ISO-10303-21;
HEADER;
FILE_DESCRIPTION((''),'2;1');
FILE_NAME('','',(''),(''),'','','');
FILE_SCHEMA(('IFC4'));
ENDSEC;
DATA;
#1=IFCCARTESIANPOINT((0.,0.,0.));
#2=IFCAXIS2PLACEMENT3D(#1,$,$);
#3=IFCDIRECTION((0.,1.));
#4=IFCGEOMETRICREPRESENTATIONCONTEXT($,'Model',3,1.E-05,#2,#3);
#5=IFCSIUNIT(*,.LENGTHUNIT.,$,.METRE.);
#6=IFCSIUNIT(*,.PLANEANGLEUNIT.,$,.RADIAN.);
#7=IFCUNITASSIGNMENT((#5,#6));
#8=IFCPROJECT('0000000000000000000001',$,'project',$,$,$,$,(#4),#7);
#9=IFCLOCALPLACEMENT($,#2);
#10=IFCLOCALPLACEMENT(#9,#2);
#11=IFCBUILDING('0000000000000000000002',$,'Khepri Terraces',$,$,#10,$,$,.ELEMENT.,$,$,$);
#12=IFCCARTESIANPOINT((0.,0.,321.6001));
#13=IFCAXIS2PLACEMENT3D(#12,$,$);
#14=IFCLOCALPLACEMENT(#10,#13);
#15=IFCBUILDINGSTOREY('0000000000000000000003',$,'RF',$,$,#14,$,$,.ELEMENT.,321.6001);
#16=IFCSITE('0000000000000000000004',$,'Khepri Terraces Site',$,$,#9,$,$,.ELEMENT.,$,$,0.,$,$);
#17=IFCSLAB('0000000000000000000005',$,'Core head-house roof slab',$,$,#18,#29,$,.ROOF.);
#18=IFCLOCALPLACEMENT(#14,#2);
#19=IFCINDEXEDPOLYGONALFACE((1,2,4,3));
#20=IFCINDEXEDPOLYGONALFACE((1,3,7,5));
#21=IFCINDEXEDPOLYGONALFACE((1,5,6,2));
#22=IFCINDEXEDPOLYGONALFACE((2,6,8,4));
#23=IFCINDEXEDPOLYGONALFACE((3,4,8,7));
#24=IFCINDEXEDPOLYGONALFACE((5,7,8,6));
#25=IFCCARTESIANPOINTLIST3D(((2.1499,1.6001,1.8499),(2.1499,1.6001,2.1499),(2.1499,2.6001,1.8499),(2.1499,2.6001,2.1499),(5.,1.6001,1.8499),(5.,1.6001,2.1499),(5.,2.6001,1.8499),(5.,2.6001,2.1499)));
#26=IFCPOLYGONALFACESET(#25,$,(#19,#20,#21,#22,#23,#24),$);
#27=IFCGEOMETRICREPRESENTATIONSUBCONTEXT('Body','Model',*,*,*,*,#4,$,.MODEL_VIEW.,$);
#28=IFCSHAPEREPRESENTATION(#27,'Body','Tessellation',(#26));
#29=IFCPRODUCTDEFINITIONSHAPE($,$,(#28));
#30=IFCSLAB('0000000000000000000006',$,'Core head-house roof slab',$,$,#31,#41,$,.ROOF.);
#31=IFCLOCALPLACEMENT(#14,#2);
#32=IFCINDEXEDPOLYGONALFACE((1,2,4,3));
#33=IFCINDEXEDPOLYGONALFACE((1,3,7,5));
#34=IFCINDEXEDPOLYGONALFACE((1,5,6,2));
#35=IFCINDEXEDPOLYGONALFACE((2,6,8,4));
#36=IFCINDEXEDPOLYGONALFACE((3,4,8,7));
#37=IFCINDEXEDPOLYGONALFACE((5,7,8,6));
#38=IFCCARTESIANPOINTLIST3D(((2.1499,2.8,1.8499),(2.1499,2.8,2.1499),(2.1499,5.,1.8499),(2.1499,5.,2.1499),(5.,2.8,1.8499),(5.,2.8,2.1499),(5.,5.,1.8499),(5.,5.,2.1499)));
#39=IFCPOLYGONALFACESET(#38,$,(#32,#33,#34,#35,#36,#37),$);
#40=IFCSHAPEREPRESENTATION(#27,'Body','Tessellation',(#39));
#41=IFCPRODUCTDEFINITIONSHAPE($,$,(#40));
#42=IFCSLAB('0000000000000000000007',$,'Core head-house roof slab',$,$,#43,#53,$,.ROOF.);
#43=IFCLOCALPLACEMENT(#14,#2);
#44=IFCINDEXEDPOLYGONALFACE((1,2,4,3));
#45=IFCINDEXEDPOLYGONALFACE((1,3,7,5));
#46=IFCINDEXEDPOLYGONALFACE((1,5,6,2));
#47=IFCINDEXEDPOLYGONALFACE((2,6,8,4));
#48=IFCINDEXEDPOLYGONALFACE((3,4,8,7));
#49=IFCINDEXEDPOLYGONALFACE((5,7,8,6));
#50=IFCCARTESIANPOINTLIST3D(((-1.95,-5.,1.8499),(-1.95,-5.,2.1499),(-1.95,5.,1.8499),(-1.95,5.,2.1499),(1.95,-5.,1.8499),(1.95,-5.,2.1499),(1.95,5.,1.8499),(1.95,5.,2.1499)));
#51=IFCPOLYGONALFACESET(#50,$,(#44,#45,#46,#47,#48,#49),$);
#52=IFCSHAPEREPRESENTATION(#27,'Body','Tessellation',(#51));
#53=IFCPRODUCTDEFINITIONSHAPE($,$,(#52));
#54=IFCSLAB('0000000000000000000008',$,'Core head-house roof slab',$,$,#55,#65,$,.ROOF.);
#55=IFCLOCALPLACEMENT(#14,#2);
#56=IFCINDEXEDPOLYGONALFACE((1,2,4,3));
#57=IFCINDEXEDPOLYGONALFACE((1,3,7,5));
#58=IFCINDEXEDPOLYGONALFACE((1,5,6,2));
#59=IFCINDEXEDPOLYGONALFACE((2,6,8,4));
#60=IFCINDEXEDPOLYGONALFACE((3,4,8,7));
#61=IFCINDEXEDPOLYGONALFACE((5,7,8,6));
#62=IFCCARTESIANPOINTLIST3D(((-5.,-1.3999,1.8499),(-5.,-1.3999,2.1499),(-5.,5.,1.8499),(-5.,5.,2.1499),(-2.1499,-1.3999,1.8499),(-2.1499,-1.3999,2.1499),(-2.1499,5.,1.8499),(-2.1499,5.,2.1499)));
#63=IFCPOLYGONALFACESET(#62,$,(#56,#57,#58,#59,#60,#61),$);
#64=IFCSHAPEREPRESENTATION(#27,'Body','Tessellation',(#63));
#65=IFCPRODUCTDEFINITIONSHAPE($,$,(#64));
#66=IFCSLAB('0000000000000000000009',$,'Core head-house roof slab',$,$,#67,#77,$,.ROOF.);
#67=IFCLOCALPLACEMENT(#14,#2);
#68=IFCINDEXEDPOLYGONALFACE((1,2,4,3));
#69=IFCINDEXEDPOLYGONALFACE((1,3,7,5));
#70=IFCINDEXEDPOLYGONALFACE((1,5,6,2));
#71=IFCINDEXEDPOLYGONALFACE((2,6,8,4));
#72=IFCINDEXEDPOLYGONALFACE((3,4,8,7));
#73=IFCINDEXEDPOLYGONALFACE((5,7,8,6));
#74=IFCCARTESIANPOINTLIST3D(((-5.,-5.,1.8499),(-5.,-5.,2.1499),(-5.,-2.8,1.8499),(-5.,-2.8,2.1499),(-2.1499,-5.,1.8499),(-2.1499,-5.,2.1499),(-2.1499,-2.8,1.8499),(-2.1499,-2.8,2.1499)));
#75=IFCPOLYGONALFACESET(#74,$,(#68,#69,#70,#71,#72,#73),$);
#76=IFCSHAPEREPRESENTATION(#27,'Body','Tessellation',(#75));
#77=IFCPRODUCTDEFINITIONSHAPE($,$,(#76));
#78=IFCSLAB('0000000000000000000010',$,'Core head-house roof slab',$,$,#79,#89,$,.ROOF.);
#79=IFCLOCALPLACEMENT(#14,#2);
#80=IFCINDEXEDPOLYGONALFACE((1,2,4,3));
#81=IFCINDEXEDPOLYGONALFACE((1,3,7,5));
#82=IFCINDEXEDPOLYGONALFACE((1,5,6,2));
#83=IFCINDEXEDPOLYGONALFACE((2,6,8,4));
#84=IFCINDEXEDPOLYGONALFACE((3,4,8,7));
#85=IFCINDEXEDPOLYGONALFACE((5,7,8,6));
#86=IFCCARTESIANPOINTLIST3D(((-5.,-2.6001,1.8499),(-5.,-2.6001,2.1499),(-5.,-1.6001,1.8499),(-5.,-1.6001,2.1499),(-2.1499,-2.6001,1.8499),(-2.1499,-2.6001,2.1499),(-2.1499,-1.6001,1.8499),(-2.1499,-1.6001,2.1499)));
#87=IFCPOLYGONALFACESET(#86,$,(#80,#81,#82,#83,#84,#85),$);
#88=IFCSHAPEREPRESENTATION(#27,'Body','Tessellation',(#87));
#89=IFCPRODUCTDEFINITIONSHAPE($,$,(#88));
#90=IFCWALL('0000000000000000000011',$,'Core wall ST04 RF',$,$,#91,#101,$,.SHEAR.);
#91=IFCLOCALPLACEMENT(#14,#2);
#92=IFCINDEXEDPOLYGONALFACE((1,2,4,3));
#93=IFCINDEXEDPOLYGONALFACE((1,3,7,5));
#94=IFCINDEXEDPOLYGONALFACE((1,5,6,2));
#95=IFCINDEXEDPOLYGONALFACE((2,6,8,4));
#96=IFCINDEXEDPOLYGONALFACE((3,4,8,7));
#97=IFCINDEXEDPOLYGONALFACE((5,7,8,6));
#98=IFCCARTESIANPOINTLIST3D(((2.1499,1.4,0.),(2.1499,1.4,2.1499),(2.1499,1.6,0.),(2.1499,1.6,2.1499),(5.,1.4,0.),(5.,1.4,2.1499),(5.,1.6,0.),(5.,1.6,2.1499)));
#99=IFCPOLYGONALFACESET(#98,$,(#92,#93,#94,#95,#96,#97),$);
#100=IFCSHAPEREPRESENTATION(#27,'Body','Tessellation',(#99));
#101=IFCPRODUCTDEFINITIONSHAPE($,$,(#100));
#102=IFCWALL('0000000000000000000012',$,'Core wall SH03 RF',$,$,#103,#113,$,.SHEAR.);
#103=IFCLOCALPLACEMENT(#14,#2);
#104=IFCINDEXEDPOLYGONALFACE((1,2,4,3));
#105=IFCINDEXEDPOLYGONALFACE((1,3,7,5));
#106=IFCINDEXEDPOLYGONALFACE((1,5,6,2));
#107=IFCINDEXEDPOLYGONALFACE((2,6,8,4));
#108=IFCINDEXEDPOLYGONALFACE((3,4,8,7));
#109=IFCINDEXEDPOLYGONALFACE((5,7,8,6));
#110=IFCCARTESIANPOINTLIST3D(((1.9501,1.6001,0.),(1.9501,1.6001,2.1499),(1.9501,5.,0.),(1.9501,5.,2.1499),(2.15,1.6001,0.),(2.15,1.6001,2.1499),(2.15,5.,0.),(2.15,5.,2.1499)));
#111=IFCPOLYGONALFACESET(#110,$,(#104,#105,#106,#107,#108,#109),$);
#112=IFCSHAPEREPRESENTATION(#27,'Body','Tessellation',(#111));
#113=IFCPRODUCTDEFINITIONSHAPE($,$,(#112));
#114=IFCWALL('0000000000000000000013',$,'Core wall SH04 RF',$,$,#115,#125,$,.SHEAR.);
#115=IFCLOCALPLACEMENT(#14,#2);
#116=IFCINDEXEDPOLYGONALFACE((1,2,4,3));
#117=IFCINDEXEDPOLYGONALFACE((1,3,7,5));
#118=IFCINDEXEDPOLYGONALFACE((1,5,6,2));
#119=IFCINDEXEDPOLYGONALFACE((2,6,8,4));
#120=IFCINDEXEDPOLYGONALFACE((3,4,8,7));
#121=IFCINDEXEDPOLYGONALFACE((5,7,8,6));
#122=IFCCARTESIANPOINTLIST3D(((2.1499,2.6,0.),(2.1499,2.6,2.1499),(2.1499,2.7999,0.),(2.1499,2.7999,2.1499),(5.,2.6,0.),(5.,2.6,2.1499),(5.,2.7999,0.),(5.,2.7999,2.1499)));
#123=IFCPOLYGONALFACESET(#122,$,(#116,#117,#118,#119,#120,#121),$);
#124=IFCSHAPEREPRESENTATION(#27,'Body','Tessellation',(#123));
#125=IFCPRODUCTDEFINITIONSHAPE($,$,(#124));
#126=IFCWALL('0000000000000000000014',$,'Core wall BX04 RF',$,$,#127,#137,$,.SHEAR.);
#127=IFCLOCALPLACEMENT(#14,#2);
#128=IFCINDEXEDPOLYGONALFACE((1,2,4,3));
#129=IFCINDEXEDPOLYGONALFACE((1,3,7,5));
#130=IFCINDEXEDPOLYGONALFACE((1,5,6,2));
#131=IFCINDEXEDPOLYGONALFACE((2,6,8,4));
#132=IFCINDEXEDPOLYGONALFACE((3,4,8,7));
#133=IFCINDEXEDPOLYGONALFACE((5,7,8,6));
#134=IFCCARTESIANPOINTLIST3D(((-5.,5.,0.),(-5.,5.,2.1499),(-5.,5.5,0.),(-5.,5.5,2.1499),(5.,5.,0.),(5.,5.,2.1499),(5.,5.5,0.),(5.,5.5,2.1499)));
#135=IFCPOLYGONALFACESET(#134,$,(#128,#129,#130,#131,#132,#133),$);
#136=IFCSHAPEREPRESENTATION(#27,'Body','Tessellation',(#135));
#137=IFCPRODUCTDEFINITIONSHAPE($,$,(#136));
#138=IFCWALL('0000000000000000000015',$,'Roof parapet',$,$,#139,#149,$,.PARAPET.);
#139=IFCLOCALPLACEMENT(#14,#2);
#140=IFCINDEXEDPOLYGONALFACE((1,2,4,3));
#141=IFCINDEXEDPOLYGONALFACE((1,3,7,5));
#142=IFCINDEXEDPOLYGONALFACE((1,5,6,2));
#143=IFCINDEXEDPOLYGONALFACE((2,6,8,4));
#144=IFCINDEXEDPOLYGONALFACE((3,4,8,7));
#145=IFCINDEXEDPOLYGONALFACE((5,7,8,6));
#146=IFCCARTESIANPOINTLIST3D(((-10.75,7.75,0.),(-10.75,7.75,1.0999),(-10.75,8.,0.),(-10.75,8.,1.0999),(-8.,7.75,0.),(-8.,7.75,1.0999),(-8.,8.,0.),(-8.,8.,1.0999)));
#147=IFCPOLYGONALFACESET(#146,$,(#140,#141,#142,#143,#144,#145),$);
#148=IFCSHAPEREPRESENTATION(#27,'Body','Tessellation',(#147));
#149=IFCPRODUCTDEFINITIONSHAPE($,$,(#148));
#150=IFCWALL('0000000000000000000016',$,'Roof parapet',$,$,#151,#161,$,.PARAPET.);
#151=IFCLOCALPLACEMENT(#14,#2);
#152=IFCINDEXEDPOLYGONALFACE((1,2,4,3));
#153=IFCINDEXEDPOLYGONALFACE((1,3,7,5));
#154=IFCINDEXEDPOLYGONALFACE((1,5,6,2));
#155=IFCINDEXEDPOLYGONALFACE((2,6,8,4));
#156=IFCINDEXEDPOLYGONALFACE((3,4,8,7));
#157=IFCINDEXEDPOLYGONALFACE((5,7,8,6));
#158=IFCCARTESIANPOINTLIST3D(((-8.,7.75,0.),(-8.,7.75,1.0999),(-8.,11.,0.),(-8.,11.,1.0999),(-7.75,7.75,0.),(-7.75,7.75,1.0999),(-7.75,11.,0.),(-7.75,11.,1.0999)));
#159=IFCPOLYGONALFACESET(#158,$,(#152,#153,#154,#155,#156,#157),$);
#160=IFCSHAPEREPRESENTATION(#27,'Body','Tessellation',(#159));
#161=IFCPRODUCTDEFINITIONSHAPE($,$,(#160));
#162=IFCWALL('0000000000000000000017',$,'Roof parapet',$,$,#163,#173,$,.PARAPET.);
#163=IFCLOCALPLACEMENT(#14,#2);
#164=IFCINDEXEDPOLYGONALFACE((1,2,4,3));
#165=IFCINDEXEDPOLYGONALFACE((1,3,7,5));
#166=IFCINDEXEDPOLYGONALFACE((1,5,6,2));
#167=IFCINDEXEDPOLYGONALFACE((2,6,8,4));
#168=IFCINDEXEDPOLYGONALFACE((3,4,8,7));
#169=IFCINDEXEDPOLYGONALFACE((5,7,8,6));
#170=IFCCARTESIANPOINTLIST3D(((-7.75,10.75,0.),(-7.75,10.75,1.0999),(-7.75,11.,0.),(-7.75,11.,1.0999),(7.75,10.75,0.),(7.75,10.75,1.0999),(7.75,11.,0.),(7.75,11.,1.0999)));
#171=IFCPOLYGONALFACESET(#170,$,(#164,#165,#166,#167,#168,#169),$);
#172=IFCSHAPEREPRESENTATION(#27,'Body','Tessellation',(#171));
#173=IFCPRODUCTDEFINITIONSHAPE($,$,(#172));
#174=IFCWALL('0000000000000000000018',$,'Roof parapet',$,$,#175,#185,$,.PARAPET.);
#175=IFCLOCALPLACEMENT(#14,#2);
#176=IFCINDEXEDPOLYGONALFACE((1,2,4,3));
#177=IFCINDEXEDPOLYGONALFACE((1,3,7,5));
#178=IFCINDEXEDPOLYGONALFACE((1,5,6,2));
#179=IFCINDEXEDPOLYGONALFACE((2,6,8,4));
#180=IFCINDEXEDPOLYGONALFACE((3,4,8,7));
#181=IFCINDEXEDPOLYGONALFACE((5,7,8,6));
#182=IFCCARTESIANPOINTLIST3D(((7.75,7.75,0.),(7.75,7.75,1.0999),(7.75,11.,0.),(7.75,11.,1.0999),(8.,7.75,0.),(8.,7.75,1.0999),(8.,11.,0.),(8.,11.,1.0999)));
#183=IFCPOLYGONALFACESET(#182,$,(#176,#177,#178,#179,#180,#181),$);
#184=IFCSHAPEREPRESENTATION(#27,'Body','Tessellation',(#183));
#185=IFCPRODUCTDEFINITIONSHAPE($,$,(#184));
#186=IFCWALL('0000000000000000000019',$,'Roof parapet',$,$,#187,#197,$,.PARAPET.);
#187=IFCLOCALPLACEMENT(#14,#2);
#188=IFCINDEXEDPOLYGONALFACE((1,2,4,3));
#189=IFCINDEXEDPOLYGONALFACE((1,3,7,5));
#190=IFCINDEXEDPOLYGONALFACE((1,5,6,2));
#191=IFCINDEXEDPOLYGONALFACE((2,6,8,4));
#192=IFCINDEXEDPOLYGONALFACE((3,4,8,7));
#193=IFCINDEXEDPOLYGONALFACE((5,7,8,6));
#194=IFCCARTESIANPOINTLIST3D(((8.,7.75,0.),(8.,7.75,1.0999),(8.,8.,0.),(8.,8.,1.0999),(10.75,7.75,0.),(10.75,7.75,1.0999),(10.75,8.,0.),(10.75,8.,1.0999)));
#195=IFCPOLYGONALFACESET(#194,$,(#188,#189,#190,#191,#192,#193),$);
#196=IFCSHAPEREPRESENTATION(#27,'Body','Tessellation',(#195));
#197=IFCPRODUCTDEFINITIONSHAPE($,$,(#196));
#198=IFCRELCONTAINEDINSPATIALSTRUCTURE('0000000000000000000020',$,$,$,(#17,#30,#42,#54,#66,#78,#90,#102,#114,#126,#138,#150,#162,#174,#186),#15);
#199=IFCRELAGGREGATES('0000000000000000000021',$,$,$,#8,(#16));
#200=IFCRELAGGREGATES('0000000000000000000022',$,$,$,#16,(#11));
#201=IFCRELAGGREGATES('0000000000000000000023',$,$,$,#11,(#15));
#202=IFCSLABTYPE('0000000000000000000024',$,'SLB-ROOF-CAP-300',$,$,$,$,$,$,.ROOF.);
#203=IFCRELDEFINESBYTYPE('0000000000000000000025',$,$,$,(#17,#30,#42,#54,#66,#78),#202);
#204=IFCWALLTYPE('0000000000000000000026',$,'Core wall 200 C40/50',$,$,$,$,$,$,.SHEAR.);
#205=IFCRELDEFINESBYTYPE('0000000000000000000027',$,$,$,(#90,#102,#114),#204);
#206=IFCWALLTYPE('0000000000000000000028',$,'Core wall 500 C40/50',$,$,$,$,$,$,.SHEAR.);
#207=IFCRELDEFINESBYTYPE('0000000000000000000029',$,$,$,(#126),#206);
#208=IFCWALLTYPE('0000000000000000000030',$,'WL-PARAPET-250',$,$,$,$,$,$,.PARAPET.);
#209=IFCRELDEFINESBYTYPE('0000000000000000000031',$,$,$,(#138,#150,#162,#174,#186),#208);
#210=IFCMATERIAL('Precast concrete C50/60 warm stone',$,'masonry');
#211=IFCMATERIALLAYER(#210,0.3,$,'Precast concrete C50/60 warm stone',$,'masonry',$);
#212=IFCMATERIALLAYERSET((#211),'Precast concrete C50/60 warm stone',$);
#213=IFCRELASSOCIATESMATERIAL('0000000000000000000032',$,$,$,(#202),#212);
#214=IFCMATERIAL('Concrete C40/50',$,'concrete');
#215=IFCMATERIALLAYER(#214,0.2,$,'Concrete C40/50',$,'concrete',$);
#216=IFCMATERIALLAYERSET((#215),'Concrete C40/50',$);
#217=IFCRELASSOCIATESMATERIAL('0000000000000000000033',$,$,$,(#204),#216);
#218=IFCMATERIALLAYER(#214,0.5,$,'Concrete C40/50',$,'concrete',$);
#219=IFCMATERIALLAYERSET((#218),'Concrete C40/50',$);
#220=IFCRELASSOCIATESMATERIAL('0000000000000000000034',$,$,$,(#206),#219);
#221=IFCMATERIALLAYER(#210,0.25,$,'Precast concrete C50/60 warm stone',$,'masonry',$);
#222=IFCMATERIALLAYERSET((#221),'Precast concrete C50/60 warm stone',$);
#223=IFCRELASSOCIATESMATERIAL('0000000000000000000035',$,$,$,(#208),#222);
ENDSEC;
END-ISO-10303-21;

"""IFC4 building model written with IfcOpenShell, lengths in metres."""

from ifc_helpers import new_model, si_unit, direction, frame, frame_2d, origin, place, context, subcontext, project, spatial, polyline, rectangle, outline, extrude, material, layer, layer_set, type_object, element, save


model = new_model("IFC4")

# Units and contexts
model_context = context("Model", 3, precision=1e-05, world=origin(), true_north=direction((0.0, 1.0)))
body_context = subcontext(model_context, "Body", "Model", "MODEL_VIEW")
ifc_project = project(units=[si_unit("LENGTHUNIT", "METRE"), si_unit("PLANEANGLEUNIT", "RADIAN")], contexts=[model_context])

# Site, building, storey
site_placement = place(None, origin())
site = spatial("IfcSite", under=ifc_project, at=site_placement, Name="Khepri Terraces Site", CompositionType="ELEMENT", RefElevation=0.0)
building_placement = place(site_placement, origin())
building = spatial("IfcBuilding", under=site, at=building_placement, Name="Khepri Terraces", CompositionType="ELEMENT")
storey_placement = place(building_placement, frame((0.0, 0.0, 321.6001)))
storey = spatial("IfcBuildingStorey", under=building, at=storey_placement, Name="RF", CompositionType="ELEMENT", Elevation=321.6001)

# Slabs
ifc_material_1 = material(Name="Precast concrete C50/60 warm stone", Category="masonry")
ifc_layer_1 = layer(ifc_material_1, 0.3, Name="Precast concrete C50/60 warm stone", Category="masonry")
ifc_layer_set_1 = layer_set([ifc_layer_1], Name="Precast concrete C50/60 warm stone")
slab_type = type_object("IfcSlabType", Name="SLB-ROOF-CAP-300", PredefinedType="ROOF", material=ifc_layer_set_1)
slab_1_placement = place(storey_placement, frame((0.0, 0.0, 1.8499)))
element("IfcSlab", 1, at=slab_1_placement, inside=storey, type_object=slab_type, Name="Core head-house roof slab", PredefinedType="ROOF", context=body_context, shape_type="SweptSolid", body=[
    extrude(outline(polyline([(5.0, 1.6001), (5.0, 2.6001), (2.1499, 2.6001), (2.1499, 1.6001), (5.0, 1.6001)])), origin(), (0.0, 0.0, 1.0), 0.3),
])
slab_2_placement = place(storey_placement, frame((0.0, 0.0, 1.8499)))
element("IfcSlab", 2, at=slab_2_placement, inside=storey, type_object=slab_type, Name="Core head-house roof slab", PredefinedType="ROOF", context=body_context, shape_type="SweptSolid", body=[
    extrude(outline(polyline([(5.0, 5.0), (2.1499, 5.0), (2.1499, 2.8), (5.0, 2.8), (5.0, 5.0)])), origin(), (0.0, 0.0, 1.0), 0.3),
])
slab_3_placement = place(storey_placement, frame((0.0, 0.0, 1.8499)))
element("IfcSlab", 3, at=slab_3_placement, inside=storey, type_object=slab_type, Name="Core head-house roof slab", PredefinedType="ROOF", context=body_context, shape_type="SweptSolid", body=[
    extrude(outline(polyline([(-1.95, -5.0), (1.95, -5.0), (1.95, 5.0), (-1.95, 5.0), (-1.95, -5.0)])), origin(), (0.0, 0.0, 1.0), 0.3),
])
slab_4_placement = place(storey_placement, frame((0.0, 0.0, 1.8499)))
element("IfcSlab", 4, at=slab_4_placement, inside=storey, type_object=slab_type, Name="Core head-house roof slab", PredefinedType="ROOF", context=body_context, shape_type="SweptSolid", body=[
    extrude(outline(polyline([(-5.0, 5.0), (-5.0, -1.3999), (-2.1499, -1.3999), (-2.1499, 5.0), (-5.0, 5.0)])), origin(), (0.0, 0.0, 1.0), 0.3),
])
slab_5_placement = place(storey_placement, frame((0.0, 0.0, 1.8499)))
element("IfcSlab", 5, at=slab_5_placement, inside=storey, type_object=slab_type, Name="Core head-house roof slab", PredefinedType="ROOF", context=body_context, shape_type="SweptSolid", body=[
    extrude(outline(polyline([(-2.1499, -5.0), (-2.1499, -2.8), (-5.0, -2.8), (-5.0, -5.0), (-2.1499, -5.0)])), origin(), (0.0, 0.0, 1.0), 0.3),
])
slab_6_placement = place(storey_placement, frame((0.0, 0.0, 1.8499)))
element("IfcSlab", 6, at=slab_6_placement, inside=storey, type_object=slab_type, Name="Core head-house roof slab", PredefinedType="ROOF", context=body_context, shape_type="SweptSolid", body=[
    extrude(outline(polyline([(-2.1499, -2.6001), (-2.1499, -1.6001), (-5.0, -1.6001), (-5.0, -2.6001), (-2.1499, -2.6001)])), origin(), (0.0, 0.0, 1.0), 0.3),
])

# Walls
ifc_material_2 = material(Name="Concrete C40/50", Category="concrete")
ifc_layer_2 = layer(ifc_material_2, 0.2, Name="Concrete C40/50", Category="concrete")
ifc_layer_set_2 = layer_set([ifc_layer_2], Name="Concrete C40/50")
wall_type_1 = type_object("IfcWallType", Name="Core wall 200 C40/50", PredefinedType="SHEAR", material=ifc_layer_set_2)
wall_1_placement = place(storey_placement, frame((2.1499, 1.5, 0.0), z_axis=(0.0, 0.0, 1.0), x_axis=(1.0, 0.0, 0.0)))
element("IfcWall", 7, at=wall_1_placement, inside=storey, type_object=wall_type_1, Name="Core wall ST04 RF", PredefinedType="SHEAR", context=body_context, shape_type="SweptSolid", body=[
    extrude(rectangle(XDim=2.8501, YDim=0.2, at=frame_2d((1.425, 0.0))), origin(), (0.0, 0.0, 1.0), 2.1499),
])
wall_2_placement = place(storey_placement, frame((2.05, 1.6001, 0.0), z_axis=(0.0, 0.0, 1.0), x_axis=(0.0, 1.0, 0.0)))
element("IfcWall", 8, at=wall_2_placement, inside=storey, type_object=wall_type_1, Name="Core wall SH03 RF", PredefinedType="SHEAR", context=body_context, shape_type="SweptSolid", body=[
    extrude(rectangle(XDim=3.3999, YDim=0.2, at=frame_2d((1.7, 0.0))), origin(), (0.0, 0.0, 1.0), 2.1499),
])
wall_3_placement = place(storey_placement, frame((2.1499, 2.7, 0.0), z_axis=(0.0, 0.0, 1.0), x_axis=(1.0, 0.0, 0.0)))
element("IfcWall", 9, at=wall_3_placement, inside=storey, type_object=wall_type_1, Name="Core wall SH04 RF", PredefinedType="SHEAR", context=body_context, shape_type="SweptSolid", body=[
    extrude(rectangle(XDim=2.8501, YDim=0.2, at=frame_2d((1.425, 0.0))), origin(), (0.0, 0.0, 1.0), 2.1499),
])
ifc_layer_3 = layer(ifc_material_2, 0.5, Name="Concrete C40/50", Category="concrete")
ifc_layer_set_3 = layer_set([ifc_layer_3], Name="Concrete C40/50")
wall_type_2 = type_object("IfcWallType", Name="Core wall 500 C40/50", PredefinedType="SHEAR", material=ifc_layer_set_3)
wall_4_placement = place(storey_placement, frame((-5.0, 5.25, 0.0), z_axis=(0.0, 0.0, 1.0), x_axis=(1.0, 0.0, 0.0)))
element("IfcWall", 10, at=wall_4_placement, inside=storey, type_object=wall_type_2, Name="Core wall BX04 RF", PredefinedType="SHEAR", context=body_context, shape_type="SweptSolid", body=[
    extrude(rectangle(XDim=10.0, YDim=0.5, at=frame_2d((5.0, 0.0))), origin(), (0.0, 0.0, 1.0), 2.1499),
])
ifc_layer_4 = layer(ifc_material_1, 0.25, Name="Precast concrete C50/60 warm stone", Category="masonry")
ifc_layer_set_4 = layer_set([ifc_layer_4], Name="Precast concrete C50/60 warm stone")
wall_type_3 = type_object("IfcWallType", Name="WL-PARAPET-250", PredefinedType="PARAPET", material=ifc_layer_set_4)
wall_5_placement = place(storey_placement, frame((-10.75, 7.875, 0.0), z_axis=(0.0, 0.0, 1.0), x_axis=(1.0, 0.0, 0.0)))
element("IfcWall", 11, at=wall_5_placement, inside=storey, type_object=wall_type_3, Name="Roof parapet", PredefinedType="PARAPET", context=body_context, shape_type="SweptSolid", body=[
    extrude(rectangle(XDim=2.75, YDim=0.25, at=frame_2d((1.375, 0.0))), origin(), (0.0, 0.0, 1.0), 1.0999),
])
wall_6_placement = place(storey_placement, frame((-7.875, 7.75, 0.0), z_axis=(0.0, 0.0, 1.0), x_axis=(0.0, 1.0, 0.0)))
element("IfcWall", 12, at=wall_6_placement, inside=storey, type_object=wall_type_3, Name="Roof parapet", PredefinedType="PARAPET", context=body_context, shape_type="SweptSolid", body=[
    extrude(rectangle(XDim=3.25, YDim=0.25, at=frame_2d((1.625, 0.0))), origin(), (0.0, 0.0, 1.0), 1.0999),
])
wall_7_placement = place(storey_placement, frame((-7.75, 10.875, 0.0), z_axis=(0.0, 0.0, 1.0), x_axis=(1.0, 0.0, 0.0)))
element("IfcWall", 13, at=wall_7_placement, inside=storey, type_object=wall_type_3, Name="Roof parapet", PredefinedType="PARAPET", context=body_context, shape_type="SweptSolid", body=[
    extrude(rectangle(XDim=15.5, YDim=0.25, at=frame_2d((7.75, 0.0))), origin(), (0.0, 0.0, 1.0), 1.0999),
])
wall_8_placement = place(storey_placement, frame((7.875, 7.75, 0.0), z_axis=(0.0, 0.0, 1.0), x_axis=(0.0, 1.0, 0.0)))
element("IfcWall", 14, at=wall_8_placement, inside=storey, type_object=wall_type_3, Name="Roof parapet", PredefinedType="PARAPET", context=body_context, shape_type="SweptSolid", body=[
    extrude(rectangle(XDim=3.25, YDim=0.25, at=frame_2d((1.625, 0.0))), origin(), (0.0, 0.0, 1.0), 1.0999),
])
wall_9_placement = place(storey_placement, frame((8.0, 7.875, 0.0), z_axis=(0.0, 0.0, 1.0), x_axis=(1.0, 0.0, 0.0)))
element("IfcWall", 15, at=wall_9_placement, inside=storey, type_object=wall_type_3, Name="Roof parapet", PredefinedType="PARAPET", context=body_context, shape_type="SweptSolid", body=[
    extrude(rectangle(XDim=2.75, YDim=0.25, at=frame_2d((1.375, 0.0))), origin(), (0.0, 0.0, 1.0), 1.0999),
])

save(model, "model.ifc")
